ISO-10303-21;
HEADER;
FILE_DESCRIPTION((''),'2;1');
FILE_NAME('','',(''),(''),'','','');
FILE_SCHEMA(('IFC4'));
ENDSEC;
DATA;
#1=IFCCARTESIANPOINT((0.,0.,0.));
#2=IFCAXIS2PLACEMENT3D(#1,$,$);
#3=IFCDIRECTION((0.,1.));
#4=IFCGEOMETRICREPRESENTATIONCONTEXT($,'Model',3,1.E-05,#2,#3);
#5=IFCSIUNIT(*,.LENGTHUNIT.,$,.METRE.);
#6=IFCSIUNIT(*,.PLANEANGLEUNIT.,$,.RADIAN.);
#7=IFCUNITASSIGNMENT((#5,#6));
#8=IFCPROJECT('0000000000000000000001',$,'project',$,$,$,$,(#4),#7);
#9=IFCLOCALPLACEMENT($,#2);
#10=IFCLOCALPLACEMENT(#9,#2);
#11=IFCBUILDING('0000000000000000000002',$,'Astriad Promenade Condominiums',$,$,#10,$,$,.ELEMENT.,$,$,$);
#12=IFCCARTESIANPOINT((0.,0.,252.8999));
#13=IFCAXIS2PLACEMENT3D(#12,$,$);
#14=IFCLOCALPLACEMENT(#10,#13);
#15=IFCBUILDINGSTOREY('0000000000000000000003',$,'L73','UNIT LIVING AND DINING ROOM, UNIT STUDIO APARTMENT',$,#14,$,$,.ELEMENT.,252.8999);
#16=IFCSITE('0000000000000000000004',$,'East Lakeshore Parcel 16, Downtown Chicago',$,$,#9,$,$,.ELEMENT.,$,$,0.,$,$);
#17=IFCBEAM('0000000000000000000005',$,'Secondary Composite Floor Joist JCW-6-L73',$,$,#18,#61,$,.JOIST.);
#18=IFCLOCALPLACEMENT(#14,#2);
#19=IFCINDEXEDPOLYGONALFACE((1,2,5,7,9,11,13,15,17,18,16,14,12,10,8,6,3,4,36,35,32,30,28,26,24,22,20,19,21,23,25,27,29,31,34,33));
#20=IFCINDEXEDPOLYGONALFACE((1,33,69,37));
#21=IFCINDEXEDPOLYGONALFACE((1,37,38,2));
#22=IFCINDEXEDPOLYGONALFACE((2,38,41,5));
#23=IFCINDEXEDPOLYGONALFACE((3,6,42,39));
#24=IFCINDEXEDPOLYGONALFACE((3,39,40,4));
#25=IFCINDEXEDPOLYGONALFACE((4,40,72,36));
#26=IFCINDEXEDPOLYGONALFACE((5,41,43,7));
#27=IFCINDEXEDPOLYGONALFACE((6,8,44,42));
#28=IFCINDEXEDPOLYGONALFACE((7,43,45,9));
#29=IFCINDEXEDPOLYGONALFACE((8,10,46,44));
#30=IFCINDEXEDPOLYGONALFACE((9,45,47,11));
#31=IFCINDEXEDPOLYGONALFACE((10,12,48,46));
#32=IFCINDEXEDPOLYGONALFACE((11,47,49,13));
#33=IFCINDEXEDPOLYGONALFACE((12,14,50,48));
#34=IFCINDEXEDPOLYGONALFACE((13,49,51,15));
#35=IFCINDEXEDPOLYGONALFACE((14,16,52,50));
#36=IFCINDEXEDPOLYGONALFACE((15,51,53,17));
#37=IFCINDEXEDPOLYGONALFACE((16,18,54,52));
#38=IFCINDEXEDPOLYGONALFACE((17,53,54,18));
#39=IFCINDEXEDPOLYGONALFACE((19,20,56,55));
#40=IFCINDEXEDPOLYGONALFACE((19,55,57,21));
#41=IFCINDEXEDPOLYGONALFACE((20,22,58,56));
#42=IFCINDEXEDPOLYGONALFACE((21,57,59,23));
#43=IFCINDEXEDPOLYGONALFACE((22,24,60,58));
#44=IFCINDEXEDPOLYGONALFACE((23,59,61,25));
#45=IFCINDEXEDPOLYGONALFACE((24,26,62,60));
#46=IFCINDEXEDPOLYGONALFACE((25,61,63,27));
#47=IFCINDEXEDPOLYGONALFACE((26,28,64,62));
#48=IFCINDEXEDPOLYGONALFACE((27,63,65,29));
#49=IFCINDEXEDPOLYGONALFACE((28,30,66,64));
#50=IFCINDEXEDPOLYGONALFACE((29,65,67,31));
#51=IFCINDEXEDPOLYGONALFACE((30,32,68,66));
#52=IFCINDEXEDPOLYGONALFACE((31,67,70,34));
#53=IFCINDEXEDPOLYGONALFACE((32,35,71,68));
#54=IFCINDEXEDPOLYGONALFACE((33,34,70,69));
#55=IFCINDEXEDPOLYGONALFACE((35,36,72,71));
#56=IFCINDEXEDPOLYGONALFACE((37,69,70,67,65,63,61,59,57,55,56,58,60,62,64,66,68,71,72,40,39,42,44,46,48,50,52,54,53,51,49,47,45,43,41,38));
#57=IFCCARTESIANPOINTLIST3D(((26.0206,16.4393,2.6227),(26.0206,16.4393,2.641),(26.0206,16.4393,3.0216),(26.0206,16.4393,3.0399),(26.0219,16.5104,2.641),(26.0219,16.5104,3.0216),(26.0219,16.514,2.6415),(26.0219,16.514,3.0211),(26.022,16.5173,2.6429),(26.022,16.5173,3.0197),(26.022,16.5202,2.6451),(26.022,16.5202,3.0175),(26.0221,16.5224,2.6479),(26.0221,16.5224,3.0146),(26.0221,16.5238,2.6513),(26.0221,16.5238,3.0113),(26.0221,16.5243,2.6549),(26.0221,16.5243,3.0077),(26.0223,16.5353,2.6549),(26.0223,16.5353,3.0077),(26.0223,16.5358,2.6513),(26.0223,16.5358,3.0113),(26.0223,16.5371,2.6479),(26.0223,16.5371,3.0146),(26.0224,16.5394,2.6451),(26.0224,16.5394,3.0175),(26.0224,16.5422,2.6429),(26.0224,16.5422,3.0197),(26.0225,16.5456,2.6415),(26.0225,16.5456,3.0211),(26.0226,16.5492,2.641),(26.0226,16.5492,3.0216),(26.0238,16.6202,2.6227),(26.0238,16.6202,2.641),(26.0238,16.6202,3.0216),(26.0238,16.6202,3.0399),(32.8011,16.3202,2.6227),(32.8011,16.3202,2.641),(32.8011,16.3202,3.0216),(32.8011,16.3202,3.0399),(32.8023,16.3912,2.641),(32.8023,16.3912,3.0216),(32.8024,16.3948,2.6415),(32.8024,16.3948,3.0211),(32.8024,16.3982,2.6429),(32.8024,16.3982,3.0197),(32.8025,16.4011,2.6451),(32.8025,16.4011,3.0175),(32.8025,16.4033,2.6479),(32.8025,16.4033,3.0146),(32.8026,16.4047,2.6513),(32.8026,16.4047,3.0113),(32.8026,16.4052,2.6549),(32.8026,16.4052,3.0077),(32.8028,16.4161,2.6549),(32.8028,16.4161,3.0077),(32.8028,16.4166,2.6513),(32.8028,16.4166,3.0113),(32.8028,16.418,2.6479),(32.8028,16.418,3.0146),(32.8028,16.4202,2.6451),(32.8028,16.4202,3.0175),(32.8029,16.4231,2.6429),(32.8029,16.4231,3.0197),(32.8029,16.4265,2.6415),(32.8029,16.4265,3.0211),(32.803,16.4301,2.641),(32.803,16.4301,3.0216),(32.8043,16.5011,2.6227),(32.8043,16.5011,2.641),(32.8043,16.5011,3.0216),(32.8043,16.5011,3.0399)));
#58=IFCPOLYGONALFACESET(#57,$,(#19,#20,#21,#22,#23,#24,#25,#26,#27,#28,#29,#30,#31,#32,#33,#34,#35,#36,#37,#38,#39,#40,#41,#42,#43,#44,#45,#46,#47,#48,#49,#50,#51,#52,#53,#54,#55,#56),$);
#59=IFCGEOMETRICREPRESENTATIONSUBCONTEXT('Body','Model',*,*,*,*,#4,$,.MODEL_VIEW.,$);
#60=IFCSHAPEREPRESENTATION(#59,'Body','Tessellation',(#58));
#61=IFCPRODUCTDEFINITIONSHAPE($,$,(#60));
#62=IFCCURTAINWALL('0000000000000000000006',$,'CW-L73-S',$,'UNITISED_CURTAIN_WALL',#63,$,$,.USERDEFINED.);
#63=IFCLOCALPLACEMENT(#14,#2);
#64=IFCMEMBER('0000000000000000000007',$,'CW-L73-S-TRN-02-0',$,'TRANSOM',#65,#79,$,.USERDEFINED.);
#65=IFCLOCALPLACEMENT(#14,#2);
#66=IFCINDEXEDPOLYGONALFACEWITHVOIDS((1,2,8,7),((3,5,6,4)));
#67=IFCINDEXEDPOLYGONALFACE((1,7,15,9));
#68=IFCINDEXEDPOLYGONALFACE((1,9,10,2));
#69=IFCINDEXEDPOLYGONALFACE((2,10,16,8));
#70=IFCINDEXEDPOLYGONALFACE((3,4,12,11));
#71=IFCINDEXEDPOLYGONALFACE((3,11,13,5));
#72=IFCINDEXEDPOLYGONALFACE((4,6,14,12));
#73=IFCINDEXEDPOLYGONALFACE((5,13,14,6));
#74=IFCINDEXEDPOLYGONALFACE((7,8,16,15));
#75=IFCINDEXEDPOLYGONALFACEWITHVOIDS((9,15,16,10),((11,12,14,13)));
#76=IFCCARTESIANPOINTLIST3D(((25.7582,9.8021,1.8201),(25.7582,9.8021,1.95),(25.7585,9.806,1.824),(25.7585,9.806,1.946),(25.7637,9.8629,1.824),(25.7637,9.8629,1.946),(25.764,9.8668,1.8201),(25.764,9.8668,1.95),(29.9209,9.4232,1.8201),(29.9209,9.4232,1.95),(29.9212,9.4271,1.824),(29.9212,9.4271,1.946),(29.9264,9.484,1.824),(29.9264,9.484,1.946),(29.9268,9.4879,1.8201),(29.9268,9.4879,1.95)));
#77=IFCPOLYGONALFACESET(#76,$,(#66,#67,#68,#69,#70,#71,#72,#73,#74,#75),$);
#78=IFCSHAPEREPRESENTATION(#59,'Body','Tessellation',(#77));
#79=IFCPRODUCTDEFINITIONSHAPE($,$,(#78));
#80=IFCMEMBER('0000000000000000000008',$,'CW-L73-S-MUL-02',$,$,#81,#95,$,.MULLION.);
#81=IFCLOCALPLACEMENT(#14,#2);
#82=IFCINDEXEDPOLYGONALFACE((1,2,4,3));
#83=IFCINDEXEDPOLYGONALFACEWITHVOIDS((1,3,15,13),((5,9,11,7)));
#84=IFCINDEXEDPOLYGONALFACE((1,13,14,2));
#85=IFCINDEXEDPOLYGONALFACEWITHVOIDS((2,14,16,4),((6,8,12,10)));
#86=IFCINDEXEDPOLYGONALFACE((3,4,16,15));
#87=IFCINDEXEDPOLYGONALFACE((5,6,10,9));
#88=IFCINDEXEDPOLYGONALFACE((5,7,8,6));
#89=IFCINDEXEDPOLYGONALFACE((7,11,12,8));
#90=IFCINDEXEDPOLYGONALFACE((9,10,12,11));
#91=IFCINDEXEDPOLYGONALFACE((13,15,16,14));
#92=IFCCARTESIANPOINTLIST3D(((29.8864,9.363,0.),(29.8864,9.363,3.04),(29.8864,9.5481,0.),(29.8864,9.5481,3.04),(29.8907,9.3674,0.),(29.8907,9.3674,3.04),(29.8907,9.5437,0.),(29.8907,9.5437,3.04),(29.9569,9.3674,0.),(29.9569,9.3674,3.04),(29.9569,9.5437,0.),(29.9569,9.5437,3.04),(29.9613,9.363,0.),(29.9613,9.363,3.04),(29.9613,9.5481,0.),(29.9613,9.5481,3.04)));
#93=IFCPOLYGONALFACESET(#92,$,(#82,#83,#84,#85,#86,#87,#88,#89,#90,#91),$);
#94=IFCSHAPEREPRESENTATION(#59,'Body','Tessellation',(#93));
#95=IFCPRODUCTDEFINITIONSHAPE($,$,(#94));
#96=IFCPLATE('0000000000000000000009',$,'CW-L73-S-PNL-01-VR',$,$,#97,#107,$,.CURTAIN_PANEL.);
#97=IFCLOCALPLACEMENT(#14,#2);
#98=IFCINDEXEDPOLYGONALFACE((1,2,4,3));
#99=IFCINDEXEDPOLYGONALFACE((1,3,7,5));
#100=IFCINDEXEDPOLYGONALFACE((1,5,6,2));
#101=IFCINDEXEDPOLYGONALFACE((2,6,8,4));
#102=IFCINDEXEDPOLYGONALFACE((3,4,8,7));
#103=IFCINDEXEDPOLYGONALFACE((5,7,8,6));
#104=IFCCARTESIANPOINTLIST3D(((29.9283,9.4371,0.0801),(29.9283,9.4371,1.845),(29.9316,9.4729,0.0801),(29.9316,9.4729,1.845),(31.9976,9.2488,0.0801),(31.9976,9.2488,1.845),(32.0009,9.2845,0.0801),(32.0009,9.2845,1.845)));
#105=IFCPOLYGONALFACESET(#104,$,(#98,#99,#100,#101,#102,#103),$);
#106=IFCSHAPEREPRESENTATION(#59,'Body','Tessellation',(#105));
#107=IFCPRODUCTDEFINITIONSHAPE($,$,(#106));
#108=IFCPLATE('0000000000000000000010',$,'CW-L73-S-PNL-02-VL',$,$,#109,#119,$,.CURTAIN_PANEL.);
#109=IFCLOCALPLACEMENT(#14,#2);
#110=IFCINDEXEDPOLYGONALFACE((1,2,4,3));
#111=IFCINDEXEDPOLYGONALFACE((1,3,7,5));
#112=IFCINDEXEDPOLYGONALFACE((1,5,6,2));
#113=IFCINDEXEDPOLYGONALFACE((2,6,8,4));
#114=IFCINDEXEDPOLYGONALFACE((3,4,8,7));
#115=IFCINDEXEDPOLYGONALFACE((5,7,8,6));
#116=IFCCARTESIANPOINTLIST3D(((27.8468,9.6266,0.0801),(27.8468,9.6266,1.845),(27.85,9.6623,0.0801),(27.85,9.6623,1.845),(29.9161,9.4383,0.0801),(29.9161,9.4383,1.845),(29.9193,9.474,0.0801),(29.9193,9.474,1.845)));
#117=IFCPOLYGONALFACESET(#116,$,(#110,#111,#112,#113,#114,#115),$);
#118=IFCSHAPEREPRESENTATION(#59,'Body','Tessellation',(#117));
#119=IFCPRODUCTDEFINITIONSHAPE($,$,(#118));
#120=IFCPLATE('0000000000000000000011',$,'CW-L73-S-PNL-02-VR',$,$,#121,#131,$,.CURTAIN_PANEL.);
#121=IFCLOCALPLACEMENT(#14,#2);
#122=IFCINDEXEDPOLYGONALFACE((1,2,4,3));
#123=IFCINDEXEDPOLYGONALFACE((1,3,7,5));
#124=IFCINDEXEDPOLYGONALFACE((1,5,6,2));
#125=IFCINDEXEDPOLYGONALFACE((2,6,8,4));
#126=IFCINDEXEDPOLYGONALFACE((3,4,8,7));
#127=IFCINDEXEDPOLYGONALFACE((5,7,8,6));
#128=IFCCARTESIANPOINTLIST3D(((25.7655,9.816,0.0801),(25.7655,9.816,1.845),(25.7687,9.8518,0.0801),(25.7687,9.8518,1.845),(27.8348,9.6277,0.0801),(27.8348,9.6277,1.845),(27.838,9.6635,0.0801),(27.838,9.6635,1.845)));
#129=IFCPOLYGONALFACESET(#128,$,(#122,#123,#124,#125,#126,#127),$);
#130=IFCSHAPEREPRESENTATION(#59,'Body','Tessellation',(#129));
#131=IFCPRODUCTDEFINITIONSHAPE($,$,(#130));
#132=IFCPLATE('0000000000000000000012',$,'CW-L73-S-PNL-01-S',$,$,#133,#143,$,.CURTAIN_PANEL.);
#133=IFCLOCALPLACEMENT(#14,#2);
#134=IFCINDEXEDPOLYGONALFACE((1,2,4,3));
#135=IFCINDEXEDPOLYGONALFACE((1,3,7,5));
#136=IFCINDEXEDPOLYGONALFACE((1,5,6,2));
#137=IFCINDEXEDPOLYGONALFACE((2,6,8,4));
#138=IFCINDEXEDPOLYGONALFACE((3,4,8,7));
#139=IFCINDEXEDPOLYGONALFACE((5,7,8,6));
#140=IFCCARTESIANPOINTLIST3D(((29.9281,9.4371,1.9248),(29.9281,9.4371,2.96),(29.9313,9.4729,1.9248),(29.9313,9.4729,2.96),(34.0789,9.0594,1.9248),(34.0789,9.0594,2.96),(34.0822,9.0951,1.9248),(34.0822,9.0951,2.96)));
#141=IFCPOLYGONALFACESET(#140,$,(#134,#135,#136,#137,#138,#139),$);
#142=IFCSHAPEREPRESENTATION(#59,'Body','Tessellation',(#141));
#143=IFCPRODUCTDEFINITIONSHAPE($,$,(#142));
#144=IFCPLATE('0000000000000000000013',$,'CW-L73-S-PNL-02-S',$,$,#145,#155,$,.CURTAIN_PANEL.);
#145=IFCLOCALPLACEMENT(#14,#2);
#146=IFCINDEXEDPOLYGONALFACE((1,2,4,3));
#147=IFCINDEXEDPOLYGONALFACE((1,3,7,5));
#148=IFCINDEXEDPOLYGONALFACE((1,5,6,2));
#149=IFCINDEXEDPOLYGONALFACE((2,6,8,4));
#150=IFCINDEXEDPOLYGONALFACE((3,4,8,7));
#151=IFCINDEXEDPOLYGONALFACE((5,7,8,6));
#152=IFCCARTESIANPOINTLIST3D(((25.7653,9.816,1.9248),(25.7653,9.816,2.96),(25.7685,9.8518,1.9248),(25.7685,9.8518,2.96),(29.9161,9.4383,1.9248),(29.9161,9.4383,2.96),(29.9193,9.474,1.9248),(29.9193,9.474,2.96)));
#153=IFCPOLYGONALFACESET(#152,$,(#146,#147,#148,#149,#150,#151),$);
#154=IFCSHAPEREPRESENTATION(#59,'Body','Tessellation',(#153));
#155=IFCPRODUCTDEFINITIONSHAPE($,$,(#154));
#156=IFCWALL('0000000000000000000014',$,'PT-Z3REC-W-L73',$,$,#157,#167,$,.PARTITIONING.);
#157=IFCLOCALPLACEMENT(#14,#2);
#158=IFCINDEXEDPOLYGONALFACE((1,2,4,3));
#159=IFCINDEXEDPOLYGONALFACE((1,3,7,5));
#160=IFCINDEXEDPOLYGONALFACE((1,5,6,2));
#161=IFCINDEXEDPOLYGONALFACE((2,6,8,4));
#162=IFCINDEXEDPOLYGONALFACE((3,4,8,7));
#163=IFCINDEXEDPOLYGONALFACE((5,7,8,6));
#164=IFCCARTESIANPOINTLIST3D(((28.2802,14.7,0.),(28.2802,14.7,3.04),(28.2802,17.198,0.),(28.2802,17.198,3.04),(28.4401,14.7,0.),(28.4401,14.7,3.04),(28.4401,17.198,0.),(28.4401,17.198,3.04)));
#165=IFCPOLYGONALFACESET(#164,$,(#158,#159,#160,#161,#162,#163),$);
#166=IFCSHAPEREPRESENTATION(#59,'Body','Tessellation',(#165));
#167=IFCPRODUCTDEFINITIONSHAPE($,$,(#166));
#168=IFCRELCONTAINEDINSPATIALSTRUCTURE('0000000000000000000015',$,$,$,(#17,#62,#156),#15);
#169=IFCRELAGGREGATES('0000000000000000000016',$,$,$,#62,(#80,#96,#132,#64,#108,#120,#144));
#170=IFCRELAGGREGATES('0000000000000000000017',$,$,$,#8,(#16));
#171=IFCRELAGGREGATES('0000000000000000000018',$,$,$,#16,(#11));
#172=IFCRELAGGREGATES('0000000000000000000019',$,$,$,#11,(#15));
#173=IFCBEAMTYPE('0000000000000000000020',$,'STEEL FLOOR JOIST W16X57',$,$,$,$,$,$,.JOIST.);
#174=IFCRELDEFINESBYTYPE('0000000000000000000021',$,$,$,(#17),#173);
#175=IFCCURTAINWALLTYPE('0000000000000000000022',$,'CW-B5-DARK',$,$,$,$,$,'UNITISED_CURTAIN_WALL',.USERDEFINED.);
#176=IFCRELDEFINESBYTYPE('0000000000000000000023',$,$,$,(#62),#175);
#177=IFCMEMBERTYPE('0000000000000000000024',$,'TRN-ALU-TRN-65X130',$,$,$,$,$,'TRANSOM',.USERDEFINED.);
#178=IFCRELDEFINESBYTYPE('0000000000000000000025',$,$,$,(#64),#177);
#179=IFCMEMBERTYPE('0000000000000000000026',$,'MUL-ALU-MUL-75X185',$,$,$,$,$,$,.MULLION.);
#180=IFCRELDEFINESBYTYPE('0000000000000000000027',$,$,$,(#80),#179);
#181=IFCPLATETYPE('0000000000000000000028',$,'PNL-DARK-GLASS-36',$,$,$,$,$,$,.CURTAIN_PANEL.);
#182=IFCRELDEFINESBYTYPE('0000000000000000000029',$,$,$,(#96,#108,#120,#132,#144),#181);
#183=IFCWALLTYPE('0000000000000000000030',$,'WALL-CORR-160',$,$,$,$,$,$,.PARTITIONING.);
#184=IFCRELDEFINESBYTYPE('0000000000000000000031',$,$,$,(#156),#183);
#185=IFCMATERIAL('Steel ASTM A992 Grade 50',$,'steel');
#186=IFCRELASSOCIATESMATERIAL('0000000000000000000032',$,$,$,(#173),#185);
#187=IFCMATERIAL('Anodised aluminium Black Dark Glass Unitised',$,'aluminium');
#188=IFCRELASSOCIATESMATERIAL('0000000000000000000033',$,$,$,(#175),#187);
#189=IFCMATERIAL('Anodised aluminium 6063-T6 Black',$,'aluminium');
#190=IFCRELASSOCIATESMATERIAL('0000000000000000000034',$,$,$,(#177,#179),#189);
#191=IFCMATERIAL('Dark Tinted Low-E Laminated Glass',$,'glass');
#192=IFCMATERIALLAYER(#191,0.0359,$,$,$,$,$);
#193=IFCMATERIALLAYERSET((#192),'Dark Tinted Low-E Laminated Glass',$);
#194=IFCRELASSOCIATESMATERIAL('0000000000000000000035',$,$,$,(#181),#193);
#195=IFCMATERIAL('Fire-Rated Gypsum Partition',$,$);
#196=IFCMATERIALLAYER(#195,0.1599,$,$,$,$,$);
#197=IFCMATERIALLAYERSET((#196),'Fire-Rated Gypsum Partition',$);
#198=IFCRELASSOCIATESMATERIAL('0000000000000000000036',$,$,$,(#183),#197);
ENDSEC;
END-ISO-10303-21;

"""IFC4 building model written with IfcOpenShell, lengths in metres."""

from ifc_helpers import new_model, si_unit, direction, frame, frame_2d, origin, origin_2d, place, context, subcontext, project, spatial, rectangle, hollow_rectangle, i_section, extrude, source, transform, mapped, material, layer, layer_set, material_profile, profile_set, type_object, type_shapes, element, aggregate, save


model = new_model("IFC4")

# Units and contexts
model_context = context("Model", 3, precision=1e-05, world=origin(), true_north=direction((0.0, 1.0)))
body_context = subcontext(model_context, "Body", "Model", "MODEL_VIEW")
ifc_project = project(units=[si_unit("LENGTHUNIT", "METRE"), si_unit("PLANEANGLEUNIT", "RADIAN")], contexts=[model_context])

# Site, building, storey
site_placement = place(None, origin())
site = spatial("IfcSite", under=ifc_project, at=site_placement, Name="East Lakeshore Parcel 16, Downtown Chicago", CompositionType="ELEMENT", RefElevation=0.0)
building_placement = place(site_placement, origin())
building = spatial("IfcBuilding", under=site, at=building_placement, Name="Astriad Promenade Condominiums", CompositionType="ELEMENT")
storey_placement = place(building_placement, frame((0.0, 0.0, 252.8999)))
storey = spatial("IfcBuildingStorey", under=building, at=storey_placement, Name="L73", Description="UNIT LIVING AND DINING ROOM, UNIT STUDIO APARTMENT", CompositionType="ELEMENT", Elevation=252.8999)

# Shared definitions
ifc_material_1 = material(Name="Steel ASTM A992 Grade 50", Category="steel")

# Beam
ifc_material_profile_1 = material_profile(ifc_material_1, i_section(OverallWidth=0.1809, OverallDepth=0.4172, WebThickness=0.011, FlangeThickness=0.0183, FilletRadius=0.0139, at=origin_2d()), Name="W16X57")
ifc_profile_set_1 = profile_set([ifc_material_profile_1], Name="Steel ASTM A992 Grade 50")
beam_type_1 = type_object("IfcBeamType", Name="STEEL FLOOR JOIST W16X57", PredefinedType="JOIST", material=ifc_profile_set_1)
shared_shape_1 = source(origin(), body_context, "Body", "SweptSolid", [
    extrude(i_section(OverallWidth=0.1809, OverallDepth=0.4172, WebThickness=0.011, FlangeThickness=0.0183, FilletRadius=0.0139, at=origin_2d()), origin(), (0.0, 0.0, 1.0), 6.7815),
])
type_shapes(beam_type_1, [shared_shape_1])
beam_1_placement = place(storey_placement, frame((26.0222, 16.5298, 2.8313), z_axis=(0.999846, -0.017568, 0.0), x_axis=(0.017568, 0.999846, 0.0)))
element("IfcBeam", 1, at=beam_1_placement, inside=storey, type_object=beam_type_1, Name="Secondary Composite Floor Joist JCW-6-L73", PredefinedType="JOIST", context=body_context, shape_type="MappedRepresentation", body=[
    mapped(shared_shape_1, transform((0.0, 0.0, 0.0), scale=1.0)),
])

# Curtain wall, members, plates
ifc_material_2 = material(Name="Anodised aluminium Black Dark Glass Unitised", Category="aluminium")
curtain_wall_type = type_object("IfcCurtainWallType", Name="CW-B5-DARK", ElementType="UNITISED_CURTAIN_WALL", PredefinedType="USERDEFINED", material=ifc_material_2)
curtain_wall_placement = place(storey_placement, origin())
curtain_wall = element("IfcCurtainWall", 2, at=curtain_wall_placement, inside=storey, type_object=curtain_wall_type, Name="CW-L73-S", ObjectType="UNITISED_CURTAIN_WALL", PredefinedType="USERDEFINED")
ifc_material_3 = material(Name="Anodised aluminium 6063-T6 Black", Category="aluminium")
ifc_material_profile_2 = material_profile(ifc_material_3, hollow_rectangle(XDim=0.0649, YDim=0.1299, WallThickness=0.0039, at=origin_2d()), Name="ALU-TRN-65X130")
ifc_profile_set_2 = profile_set([ifc_material_profile_2], Name="Anodised aluminium 6063-T6 Black")
member_type_1 = type_object("IfcMemberType", Name="TRN-ALU-TRN-65X130", ElementType="TRANSOM", PredefinedType="USERDEFINED", material=ifc_profile_set_2)
shared_shape_2 = source(origin(), body_context, "Body", "SweptSolid", [
    extrude(hollow_rectangle(XDim=0.0649, YDim=0.1299, WallThickness=0.0039, at=origin_2d()), origin(), (0.0, 0.0, 1.0), 4.1799),
])
type_shapes(member_type_1, [shared_shape_2])
member_1_placement = place(storey_placement, frame((29.9238, 9.4556, 1.885), z_axis=(-0.995883, 0.090646, 0.0), x_axis=(-0.090646, -0.995883, 0.0)))
member_1 = element("IfcMember", 3, at=member_1_placement, type_object=member_type_1, Name="CW-L73-S-TRN-02-0", ObjectType="TRANSOM", PredefinedType="USERDEFINED", context=body_context, shape_type="MappedRepresentation", body=[
    mapped(shared_shape_2, transform((0.0, 0.0, 0.0), scale=1.0)),
])
ifc_material_profile_3 = material_profile(ifc_material_3, hollow_rectangle(XDim=0.075, YDim=0.1851, WallThickness=0.0044, at=origin_2d()), Name="ALU-MUL-75X185")
ifc_profile_set_3 = profile_set([ifc_material_profile_3], Name="Anodised aluminium 6063-T6 Black")
member_type_2 = type_object("IfcMemberType", Name="MUL-ALU-MUL-75X185", PredefinedType="MULLION", material=ifc_profile_set_3)
shared_shape_3 = source(origin(), body_context, "Body", "SweptSolid", [
    extrude(hollow_rectangle(XDim=0.075, YDim=0.1851, WallThickness=0.0044, at=origin_2d()), origin(), (0.0, 0.0, 1.0), 3.04),
])
type_shapes(member_type_2, [shared_shape_3])
member_2_placement = place(storey_placement, frame((29.9238, 9.4556, 0.0), z_axis=(0.0, 0.0, 1.0), x_axis=(1.0, 0.0, 0.0)))
member_2 = element("IfcMember", 4, at=member_2_placement, type_object=member_type_2, Name="CW-L73-S-MUL-02", PredefinedType="MULLION", context=body_context, shape_type="MappedRepresentation", body=[
    mapped(shared_shape_3, transform((0.0, 0.0, 0.0), scale=1.0)),
])
ifc_material_4 = material(Name="Dark Tinted Low-E Laminated Glass", Category="glass")
ifc_layer_1 = layer(ifc_material_4, 0.0359)
ifc_layer_set_1 = layer_set([ifc_layer_1], Name="Dark Tinted Low-E Laminated Glass")
plate_type = type_object("IfcPlateType", Name="PNL-DARK-GLASS-36", PredefinedType="CURTAIN_PANEL", material=ifc_layer_set_1)
shared_shape_4 = source(origin(), body_context, "Body", "SweptSolid", [
    extrude(rectangle(XDim=2.0779, YDim=0.0359, at=origin_2d()), origin(), (0.0, 0.0, 1.0), 1.7649),
])
plate_1_placement = place(storey_placement, frame((30.9646, 9.3608, 0.0801), z_axis=(0.0, 0.0, 1.0), x_axis=(-0.995884, 0.090633, 0.0)))
plate_1 = element("IfcPlate", 5, at=plate_1_placement, type_object=plate_type, Name="CW-L73-S-PNL-01-VR", PredefinedType="CURTAIN_PANEL", context=body_context, shape_type="MappedRepresentation", body=[
    mapped(shared_shape_4, transform((0.0, 0.0, 0.0), scale=1.0)),
])
plate_2_placement = place(storey_placement, frame((28.8831, 9.5503, 0.0801), z_axis=(0.0, 0.0, 1.0), x_axis=(-0.995884, 0.090633, 0.0)))
plate_2 = element("IfcPlate", 6, at=plate_2_placement, type_object=plate_type, Name="CW-L73-S-PNL-02-VL", PredefinedType="CURTAIN_PANEL", context=body_context, shape_type="MappedRepresentation", body=[
    mapped(shared_shape_4, transform((0.0, 0.0, 0.0), scale=1.0)),
])
plate_3_placement = place(storey_placement, frame((26.8018, 9.7397, 0.0801), z_axis=(0.0, 0.0, 1.0), x_axis=(-0.995884, 0.090633, 0.0)))
plate_3 = element("IfcPlate", 7, at=plate_3_placement, type_object=plate_type, Name="CW-L73-S-PNL-02-VR", PredefinedType="CURTAIN_PANEL", context=body_context, shape_type="MappedRepresentation", body=[
    mapped(shared_shape_4, transform((0.0, 0.0, 0.0), scale=1.0)),
])
shared_shape_5 = source(origin(), body_context, "Body", "SweptSolid", [
    extrude(rectangle(XDim=4.168, YDim=0.0359, at=origin_2d()), origin(), (0.0, 0.0, 1.0), 1.0352),
])
type_shapes(plate_type, [shared_shape_4, shared_shape_5])
plate_4_placement = place(storey_placement, frame((32.0051, 9.2661, 1.9248), z_axis=(0.0, 0.0, 1.0), x_axis=(-0.995884, 0.090633, 0.0)))
plate_4 = element("IfcPlate", 8, at=plate_4_placement, type_object=plate_type, Name="CW-L73-S-PNL-01-S", PredefinedType="CURTAIN_PANEL", context=body_context, shape_type="MappedRepresentation", body=[
    mapped(shared_shape_5, transform((0.0, 0.0, 0.0), scale=1.0)),
])
plate_5_placement = place(storey_placement, frame((27.8423, 9.645, 1.9248), z_axis=(0.0, 0.0, 1.0), x_axis=(-0.995884, 0.090633, 0.0)))
plate_5 = element("IfcPlate", 9, at=plate_5_placement, type_object=plate_type, Name="CW-L73-S-PNL-02-S", PredefinedType="CURTAIN_PANEL", context=body_context, shape_type="MappedRepresentation", body=[
    mapped(shared_shape_5, transform((0.0, 0.0, 0.0), scale=1.0)),
])
aggregate(curtain_wall, [member_2, plate_1, plate_4, member_1, plate_2, plate_3, plate_5])

# Wall
ifc_material_5 = material(Name="Fire-Rated Gypsum Partition")
ifc_layer_2 = layer(ifc_material_5, 0.1599)
ifc_layer_set_2 = layer_set([ifc_layer_2], Name="Fire-Rated Gypsum Partition")
wall_type_1 = type_object("IfcWallType", Name="WALL-CORR-160", PredefinedType="PARTITIONING", material=ifc_layer_set_2)
wall_1_placement = place(storey_placement, frame((28.3601, 14.7, 0.0), z_axis=(0.0, 0.0, 1.0), x_axis=(0.0, 1.0, 0.0)))
element("IfcWall", 10, at=wall_1_placement, inside=storey, type_object=wall_type_1, Name="PT-Z3REC-W-L73", PredefinedType="PARTITIONING", context=body_context, shape_type="SweptSolid", body=[
    extrude(rectangle(XDim=2.498, YDim=0.1599, at=frame_2d((1.249, 0.0))), origin(), (0.0, 0.0, 1.0), 3.04),
])

save(model, "model.ifc")
